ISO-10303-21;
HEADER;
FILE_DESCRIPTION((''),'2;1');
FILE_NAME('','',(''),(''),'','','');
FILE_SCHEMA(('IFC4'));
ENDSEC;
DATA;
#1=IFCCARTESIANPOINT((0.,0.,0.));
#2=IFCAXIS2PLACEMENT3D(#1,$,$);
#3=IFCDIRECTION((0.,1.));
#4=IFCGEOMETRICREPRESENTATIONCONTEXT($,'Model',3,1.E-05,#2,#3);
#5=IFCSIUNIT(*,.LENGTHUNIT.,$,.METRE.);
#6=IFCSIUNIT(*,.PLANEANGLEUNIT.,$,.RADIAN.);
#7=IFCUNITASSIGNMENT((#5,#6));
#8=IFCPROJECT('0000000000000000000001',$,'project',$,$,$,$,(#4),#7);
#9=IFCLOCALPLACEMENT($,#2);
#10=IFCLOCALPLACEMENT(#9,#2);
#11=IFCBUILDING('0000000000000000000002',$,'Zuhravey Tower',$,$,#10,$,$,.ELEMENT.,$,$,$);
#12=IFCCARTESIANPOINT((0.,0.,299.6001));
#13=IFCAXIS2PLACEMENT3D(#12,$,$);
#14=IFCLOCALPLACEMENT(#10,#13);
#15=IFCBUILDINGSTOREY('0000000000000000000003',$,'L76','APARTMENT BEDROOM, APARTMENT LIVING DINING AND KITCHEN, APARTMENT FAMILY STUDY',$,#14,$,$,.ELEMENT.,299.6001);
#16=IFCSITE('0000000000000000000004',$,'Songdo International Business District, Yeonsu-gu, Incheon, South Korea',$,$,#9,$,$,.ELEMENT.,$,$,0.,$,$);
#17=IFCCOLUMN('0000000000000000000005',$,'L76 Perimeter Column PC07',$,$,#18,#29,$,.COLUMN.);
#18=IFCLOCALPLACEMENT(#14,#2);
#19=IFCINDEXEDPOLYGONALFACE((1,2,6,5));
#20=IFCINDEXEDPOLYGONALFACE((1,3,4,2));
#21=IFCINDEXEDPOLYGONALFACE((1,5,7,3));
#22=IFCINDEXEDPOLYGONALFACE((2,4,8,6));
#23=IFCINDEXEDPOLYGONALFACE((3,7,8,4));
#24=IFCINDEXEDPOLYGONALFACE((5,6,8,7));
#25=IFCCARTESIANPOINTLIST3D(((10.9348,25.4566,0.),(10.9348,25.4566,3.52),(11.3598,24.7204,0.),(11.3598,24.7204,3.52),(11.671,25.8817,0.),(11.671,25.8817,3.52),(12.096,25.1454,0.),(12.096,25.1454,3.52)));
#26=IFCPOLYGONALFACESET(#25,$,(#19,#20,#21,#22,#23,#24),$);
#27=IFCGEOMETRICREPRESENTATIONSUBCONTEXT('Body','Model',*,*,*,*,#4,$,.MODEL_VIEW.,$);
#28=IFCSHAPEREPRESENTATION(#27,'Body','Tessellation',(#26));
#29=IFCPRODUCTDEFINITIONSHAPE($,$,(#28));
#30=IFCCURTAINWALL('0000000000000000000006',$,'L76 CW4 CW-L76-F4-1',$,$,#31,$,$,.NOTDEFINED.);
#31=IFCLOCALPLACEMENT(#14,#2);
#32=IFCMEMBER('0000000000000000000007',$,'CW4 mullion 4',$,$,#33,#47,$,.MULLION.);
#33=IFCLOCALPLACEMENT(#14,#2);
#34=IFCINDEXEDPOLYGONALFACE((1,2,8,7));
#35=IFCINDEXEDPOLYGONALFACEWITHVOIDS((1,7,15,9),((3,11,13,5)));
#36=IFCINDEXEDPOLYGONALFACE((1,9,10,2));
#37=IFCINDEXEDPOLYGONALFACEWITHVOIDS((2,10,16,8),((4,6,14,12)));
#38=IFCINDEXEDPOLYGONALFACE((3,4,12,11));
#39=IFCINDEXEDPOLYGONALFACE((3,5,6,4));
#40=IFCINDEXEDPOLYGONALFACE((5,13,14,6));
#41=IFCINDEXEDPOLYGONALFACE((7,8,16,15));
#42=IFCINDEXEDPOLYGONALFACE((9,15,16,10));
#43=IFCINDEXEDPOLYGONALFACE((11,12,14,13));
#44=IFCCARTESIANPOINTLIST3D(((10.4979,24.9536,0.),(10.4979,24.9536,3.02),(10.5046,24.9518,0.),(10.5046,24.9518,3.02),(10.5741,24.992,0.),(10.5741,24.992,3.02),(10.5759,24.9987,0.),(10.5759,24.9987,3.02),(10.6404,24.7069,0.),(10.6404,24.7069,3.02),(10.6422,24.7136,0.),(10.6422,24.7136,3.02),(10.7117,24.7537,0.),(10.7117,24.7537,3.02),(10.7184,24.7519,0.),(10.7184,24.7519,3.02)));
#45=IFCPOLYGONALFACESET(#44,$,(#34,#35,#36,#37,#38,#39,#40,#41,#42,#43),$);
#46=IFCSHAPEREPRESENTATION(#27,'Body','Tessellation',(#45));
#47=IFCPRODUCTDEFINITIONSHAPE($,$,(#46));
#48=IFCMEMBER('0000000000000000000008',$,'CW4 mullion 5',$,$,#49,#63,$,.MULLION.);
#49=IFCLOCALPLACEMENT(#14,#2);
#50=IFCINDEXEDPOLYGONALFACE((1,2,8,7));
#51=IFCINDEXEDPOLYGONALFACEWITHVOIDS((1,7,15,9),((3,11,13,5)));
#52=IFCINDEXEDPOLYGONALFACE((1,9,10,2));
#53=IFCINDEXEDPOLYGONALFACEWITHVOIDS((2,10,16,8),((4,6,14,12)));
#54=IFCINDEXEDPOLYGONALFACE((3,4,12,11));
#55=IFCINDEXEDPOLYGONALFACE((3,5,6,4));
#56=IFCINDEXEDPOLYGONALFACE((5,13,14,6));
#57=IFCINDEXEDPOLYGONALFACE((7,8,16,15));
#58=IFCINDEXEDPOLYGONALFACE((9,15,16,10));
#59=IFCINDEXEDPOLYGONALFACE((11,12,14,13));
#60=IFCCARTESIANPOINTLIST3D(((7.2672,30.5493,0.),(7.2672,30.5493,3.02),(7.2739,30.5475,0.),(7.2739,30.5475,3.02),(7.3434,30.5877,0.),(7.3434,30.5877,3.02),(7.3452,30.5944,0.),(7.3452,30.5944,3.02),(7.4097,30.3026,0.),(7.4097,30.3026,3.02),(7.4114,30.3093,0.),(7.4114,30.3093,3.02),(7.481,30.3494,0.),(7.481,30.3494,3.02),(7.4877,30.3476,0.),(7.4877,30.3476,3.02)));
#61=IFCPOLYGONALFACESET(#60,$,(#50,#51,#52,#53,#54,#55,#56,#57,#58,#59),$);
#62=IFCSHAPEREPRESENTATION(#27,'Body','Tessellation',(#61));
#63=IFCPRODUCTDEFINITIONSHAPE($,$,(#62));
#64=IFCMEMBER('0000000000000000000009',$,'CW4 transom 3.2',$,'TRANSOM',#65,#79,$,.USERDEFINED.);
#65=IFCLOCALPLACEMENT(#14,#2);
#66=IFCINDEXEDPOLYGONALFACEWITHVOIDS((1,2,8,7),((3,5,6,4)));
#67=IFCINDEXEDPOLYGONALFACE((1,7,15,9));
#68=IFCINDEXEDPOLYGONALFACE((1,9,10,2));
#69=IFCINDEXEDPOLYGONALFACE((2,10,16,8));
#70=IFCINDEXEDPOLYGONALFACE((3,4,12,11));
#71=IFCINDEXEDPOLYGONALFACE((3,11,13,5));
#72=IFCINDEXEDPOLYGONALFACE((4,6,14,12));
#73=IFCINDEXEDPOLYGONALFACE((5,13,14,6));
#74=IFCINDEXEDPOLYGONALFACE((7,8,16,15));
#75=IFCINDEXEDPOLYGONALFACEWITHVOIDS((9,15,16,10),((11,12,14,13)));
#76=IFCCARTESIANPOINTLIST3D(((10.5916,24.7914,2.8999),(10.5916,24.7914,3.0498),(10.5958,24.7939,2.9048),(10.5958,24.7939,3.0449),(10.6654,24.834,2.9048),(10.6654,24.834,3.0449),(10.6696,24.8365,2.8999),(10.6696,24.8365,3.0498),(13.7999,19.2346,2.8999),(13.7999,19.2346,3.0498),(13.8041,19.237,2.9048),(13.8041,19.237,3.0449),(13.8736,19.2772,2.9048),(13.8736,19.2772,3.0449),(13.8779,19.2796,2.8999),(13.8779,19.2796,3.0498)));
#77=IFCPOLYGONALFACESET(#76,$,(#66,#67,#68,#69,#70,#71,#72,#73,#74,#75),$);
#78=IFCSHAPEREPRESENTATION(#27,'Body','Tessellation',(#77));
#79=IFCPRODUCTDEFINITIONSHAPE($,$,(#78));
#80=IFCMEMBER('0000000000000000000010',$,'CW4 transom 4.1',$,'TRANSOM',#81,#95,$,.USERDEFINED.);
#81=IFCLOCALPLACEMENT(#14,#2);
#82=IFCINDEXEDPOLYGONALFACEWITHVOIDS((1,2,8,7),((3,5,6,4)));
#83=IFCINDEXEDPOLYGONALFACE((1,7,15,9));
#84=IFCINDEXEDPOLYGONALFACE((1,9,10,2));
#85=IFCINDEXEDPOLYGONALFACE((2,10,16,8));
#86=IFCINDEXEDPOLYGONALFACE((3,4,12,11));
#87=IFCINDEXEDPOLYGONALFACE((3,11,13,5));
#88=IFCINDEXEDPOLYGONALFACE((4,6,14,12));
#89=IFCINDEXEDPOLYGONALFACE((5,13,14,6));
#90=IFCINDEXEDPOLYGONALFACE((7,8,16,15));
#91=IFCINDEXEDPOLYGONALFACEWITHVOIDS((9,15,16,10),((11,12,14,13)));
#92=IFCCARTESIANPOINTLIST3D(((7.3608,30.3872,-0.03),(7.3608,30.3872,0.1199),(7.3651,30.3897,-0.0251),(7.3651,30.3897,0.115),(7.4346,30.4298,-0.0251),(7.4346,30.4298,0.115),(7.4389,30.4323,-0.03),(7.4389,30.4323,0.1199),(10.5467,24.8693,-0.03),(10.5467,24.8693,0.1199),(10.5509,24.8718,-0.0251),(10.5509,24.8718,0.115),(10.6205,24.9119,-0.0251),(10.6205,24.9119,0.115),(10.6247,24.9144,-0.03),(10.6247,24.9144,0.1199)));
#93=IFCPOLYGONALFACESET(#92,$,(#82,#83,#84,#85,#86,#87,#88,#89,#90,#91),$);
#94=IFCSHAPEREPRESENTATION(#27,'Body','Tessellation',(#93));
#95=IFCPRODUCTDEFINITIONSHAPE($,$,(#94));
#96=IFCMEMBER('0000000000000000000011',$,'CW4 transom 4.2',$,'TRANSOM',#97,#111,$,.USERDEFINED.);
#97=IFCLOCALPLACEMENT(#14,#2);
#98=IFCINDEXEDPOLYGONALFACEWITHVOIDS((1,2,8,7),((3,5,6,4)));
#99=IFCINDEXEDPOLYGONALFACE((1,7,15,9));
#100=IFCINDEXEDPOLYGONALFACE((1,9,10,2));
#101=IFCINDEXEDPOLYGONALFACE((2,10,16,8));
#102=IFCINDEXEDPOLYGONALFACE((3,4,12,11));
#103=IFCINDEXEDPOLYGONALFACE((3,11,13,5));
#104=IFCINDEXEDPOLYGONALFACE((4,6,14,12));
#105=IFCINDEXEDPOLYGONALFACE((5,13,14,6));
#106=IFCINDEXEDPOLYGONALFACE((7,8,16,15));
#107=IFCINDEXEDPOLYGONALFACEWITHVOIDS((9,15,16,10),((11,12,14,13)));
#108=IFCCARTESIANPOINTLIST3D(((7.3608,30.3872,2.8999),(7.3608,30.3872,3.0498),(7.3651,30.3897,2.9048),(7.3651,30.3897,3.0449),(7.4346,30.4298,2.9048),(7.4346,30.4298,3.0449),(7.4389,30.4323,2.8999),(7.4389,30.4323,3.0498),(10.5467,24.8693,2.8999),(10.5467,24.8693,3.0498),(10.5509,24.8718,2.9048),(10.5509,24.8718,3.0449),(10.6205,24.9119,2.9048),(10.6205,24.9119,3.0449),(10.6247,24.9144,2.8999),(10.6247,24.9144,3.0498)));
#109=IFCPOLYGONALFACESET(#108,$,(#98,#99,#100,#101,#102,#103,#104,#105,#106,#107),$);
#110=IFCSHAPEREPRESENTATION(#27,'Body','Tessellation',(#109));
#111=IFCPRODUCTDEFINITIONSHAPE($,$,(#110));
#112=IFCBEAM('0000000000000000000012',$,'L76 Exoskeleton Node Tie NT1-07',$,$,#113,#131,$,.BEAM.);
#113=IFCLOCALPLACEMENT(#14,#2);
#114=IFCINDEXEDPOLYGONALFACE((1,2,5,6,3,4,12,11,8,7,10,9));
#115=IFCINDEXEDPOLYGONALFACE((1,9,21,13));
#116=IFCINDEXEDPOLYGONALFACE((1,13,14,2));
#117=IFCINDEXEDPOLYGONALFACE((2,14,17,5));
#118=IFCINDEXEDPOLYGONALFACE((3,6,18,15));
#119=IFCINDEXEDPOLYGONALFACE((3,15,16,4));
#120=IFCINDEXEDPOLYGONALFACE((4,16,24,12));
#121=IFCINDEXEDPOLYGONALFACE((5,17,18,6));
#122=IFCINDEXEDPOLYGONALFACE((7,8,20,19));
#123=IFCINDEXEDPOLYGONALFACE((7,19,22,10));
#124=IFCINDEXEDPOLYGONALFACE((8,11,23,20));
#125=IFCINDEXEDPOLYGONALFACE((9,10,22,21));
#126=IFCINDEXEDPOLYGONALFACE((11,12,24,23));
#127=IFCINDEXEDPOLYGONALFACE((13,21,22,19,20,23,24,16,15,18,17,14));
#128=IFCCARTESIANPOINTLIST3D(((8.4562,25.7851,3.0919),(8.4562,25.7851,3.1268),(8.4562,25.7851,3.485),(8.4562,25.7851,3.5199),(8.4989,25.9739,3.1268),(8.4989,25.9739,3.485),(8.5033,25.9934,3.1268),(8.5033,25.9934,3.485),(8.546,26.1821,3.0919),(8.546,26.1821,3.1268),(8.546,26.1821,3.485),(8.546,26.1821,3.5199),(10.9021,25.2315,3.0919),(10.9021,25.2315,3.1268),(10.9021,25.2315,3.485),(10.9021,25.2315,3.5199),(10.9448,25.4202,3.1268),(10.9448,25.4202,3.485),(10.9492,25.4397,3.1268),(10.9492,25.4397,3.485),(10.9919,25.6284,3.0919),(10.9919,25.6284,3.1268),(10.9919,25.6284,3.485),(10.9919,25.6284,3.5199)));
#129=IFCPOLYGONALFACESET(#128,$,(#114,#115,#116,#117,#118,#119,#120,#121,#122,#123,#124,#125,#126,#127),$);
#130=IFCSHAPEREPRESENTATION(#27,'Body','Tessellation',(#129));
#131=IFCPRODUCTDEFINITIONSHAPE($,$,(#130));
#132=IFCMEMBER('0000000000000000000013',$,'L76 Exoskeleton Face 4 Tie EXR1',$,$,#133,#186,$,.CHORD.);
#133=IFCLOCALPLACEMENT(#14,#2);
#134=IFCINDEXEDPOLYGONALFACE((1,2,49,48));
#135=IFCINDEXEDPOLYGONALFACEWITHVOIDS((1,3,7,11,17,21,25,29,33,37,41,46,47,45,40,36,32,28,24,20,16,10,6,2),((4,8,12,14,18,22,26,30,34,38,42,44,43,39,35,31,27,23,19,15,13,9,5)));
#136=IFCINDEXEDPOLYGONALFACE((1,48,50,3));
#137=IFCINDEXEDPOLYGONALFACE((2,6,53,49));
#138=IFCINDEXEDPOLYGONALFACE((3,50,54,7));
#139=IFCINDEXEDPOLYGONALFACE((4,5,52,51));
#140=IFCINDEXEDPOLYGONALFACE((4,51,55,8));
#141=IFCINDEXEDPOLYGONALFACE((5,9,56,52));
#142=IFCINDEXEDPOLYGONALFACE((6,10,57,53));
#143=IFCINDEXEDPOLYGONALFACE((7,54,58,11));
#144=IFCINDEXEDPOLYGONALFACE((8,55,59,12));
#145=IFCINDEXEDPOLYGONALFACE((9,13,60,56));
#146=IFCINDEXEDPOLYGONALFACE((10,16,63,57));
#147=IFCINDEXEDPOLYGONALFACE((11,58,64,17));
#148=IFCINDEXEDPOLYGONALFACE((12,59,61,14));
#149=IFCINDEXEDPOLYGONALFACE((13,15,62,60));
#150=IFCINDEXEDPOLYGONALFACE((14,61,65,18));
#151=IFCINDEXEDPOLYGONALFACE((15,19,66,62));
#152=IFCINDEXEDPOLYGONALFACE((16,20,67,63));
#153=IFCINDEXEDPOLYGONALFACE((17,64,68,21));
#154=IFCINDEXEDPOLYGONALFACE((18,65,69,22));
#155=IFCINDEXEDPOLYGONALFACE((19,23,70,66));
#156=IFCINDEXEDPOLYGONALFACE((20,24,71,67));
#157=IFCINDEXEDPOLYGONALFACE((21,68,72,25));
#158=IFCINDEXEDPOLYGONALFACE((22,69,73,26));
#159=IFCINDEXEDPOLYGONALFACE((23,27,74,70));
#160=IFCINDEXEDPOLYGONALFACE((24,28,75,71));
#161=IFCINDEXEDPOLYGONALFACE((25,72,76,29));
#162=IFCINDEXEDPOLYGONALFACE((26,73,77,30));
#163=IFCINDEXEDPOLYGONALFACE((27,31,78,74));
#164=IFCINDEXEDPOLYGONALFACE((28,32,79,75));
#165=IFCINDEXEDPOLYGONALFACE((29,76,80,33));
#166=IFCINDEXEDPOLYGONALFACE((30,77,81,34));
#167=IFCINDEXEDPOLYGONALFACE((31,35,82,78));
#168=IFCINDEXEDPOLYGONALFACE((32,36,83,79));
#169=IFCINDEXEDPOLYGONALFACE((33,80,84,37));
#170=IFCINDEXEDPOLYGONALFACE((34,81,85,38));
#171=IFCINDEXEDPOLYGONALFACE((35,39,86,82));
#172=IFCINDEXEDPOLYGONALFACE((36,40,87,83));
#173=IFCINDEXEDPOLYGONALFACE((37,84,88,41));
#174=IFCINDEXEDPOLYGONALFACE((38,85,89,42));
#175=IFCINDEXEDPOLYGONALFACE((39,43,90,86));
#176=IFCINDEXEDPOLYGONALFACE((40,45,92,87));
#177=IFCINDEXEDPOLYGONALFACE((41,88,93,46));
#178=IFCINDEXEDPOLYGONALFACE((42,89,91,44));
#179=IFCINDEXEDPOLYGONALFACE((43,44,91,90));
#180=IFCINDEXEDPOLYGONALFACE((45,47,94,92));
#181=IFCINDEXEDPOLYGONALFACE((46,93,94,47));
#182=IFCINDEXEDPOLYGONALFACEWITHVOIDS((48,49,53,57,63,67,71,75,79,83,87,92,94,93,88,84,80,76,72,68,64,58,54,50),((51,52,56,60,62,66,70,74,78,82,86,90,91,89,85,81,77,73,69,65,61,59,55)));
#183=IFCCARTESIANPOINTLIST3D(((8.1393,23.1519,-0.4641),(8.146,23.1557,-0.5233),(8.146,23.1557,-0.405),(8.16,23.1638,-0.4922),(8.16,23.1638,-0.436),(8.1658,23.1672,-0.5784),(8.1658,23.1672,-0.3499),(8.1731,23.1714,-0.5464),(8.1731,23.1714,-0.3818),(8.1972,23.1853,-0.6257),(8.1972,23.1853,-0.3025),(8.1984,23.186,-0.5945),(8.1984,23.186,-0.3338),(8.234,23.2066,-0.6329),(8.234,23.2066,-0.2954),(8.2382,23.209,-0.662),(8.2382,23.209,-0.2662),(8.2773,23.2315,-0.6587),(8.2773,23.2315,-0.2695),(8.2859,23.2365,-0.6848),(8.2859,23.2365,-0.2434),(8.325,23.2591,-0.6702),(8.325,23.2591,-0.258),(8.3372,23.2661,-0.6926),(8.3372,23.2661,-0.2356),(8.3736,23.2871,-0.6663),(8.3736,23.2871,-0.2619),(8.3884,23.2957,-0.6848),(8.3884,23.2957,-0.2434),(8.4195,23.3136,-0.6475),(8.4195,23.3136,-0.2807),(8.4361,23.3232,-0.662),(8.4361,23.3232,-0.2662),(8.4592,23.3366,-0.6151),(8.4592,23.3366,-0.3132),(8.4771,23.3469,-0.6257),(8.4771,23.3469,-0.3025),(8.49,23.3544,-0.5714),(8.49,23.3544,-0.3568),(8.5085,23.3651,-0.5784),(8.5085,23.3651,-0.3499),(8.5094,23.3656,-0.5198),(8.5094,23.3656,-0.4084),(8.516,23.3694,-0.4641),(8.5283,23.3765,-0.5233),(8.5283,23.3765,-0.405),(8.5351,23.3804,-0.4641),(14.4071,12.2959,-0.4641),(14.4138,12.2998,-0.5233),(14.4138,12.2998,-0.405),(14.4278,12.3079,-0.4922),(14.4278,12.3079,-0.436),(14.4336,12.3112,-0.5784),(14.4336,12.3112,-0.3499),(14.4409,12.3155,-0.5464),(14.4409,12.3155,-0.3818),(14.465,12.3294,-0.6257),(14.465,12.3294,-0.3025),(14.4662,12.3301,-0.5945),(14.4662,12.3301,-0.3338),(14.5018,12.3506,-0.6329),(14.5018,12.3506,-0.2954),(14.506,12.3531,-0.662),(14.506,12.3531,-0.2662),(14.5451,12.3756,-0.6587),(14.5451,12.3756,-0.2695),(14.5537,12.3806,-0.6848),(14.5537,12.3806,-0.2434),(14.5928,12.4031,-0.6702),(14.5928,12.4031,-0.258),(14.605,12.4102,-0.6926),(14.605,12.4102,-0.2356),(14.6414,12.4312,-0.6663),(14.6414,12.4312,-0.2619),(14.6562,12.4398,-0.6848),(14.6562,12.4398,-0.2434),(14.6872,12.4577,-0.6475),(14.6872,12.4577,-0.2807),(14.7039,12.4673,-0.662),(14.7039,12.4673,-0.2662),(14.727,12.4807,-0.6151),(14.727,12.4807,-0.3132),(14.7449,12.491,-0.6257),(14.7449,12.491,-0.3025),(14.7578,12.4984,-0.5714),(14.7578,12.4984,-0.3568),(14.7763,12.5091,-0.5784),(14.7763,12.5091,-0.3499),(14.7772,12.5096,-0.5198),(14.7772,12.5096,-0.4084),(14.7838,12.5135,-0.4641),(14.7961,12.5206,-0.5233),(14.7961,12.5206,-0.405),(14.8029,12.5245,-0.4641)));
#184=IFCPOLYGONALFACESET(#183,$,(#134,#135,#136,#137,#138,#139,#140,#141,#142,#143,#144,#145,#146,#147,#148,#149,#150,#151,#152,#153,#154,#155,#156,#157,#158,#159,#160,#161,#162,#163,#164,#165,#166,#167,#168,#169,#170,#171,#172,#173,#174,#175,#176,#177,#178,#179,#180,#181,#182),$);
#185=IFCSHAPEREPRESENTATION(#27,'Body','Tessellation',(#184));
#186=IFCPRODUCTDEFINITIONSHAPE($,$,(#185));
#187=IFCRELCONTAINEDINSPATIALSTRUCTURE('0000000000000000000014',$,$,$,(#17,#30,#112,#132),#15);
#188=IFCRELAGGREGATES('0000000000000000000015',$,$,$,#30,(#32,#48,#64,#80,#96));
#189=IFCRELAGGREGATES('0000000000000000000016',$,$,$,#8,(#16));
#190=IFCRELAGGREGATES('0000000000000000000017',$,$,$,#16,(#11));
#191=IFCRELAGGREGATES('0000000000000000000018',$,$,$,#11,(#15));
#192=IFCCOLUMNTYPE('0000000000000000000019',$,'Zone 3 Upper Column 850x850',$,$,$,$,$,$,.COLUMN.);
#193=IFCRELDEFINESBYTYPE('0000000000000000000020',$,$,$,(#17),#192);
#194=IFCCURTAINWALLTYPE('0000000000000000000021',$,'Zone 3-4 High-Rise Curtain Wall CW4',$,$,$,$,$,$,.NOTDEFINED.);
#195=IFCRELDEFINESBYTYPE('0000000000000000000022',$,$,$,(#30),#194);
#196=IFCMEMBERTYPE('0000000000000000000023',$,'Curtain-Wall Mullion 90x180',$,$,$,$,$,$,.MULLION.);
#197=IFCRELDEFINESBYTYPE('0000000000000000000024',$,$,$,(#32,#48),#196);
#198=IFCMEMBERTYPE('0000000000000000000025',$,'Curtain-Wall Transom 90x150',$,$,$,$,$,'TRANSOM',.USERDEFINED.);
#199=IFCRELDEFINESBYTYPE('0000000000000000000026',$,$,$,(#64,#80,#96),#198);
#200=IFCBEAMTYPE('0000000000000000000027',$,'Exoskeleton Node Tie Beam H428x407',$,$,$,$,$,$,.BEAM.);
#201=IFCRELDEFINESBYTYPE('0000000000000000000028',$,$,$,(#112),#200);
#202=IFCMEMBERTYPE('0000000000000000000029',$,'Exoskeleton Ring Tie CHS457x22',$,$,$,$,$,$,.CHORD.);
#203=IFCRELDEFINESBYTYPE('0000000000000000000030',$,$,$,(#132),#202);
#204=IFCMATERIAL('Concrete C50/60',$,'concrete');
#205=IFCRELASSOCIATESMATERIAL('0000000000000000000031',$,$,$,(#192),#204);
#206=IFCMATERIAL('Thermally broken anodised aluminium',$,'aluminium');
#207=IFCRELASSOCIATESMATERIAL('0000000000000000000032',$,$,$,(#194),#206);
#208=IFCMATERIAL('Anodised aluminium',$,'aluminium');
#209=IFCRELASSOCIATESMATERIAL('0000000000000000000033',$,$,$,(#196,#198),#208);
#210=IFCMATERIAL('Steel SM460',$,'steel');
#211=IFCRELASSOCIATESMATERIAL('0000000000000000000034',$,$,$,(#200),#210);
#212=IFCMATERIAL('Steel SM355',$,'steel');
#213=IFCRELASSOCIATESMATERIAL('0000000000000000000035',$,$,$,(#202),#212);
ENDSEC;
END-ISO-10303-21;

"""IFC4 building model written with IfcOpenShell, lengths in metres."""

from ifc_helpers import new_model, si_unit, direction, frame, origin, origin_2d, place, context, subcontext, project, spatial, rectangle, hollow_rectangle, hollow_circle, i_section, extrude, material, material_profile, profile_set, type_object, element, aggregate, save


model = new_model("IFC4")

# Units and contexts
model_context = context("Model", 3, precision=1e-05, world=origin(), true_north=direction((0.0, 1.0)))
body_context = subcontext(model_context, "Body", "Model", "MODEL_VIEW")
ifc_project = project(units=[si_unit("LENGTHUNIT", "METRE"), si_unit("PLANEANGLEUNIT", "RADIAN")], contexts=[model_context])

# Site, building, storey
site_placement = place(None, origin())
site = spatial("IfcSite", under=ifc_project, at=site_placement, Name="Songdo International Business District, Yeonsu-gu, Incheon, South Korea", CompositionType="ELEMENT", RefElevation=0.0)
building_placement = place(site_placement, origin())
building = spatial("IfcBuilding", under=site, at=building_placement, Name="Zuhravey Tower", CompositionType="ELEMENT")
storey_placement = place(building_placement, frame((0.0, 0.0, 299.6001)))
storey = spatial("IfcBuildingStorey", under=building, at=storey_placement, Name="L76", Description="APARTMENT BEDROOM, APARTMENT LIVING DINING AND KITCHEN, APARTMENT FAMILY STUDY", CompositionType="ELEMENT", Elevation=299.6001)

# Column
ifc_material_1 = material(Name="Concrete C50/60", Category="concrete")
ifc_material_profile_1 = material_profile(ifc_material_1, rectangle(XDim=0.8501, YDim=0.8501, at=origin_2d()), Name="RC-850x850")
ifc_profile_set_1 = profile_set([ifc_material_profile_1], Name="Concrete C50/60")
column_type = type_object("IfcColumnType", Name="Zone 3 Upper Column 850x850", PredefinedType="COLUMN", material=ifc_profile_set_1)
column_placement = place(storey_placement, frame((11.5154, 25.301, 0.0), z_axis=(0.0, 0.0, 1.0), x_axis=(0.5, -0.866025, 0.0)))
element("IfcColumn", 1, at=column_placement, inside=storey, type_object=column_type, Name="L76 Perimeter Column PC07", PredefinedType="COLUMN", context=body_context, shape_type="SweptSolid", body=[
    extrude(rectangle(XDim=0.8501, YDim=0.8501, at=origin_2d()), origin(), (0.0, 0.0, 1.0), 3.52),
])

# Curtain wall, members
ifc_material_2 = material(Name="Thermally broken anodised aluminium", Category="aluminium")
curtain_wall_type = type_object("IfcCurtainWallType", Name="Zone 3-4 High-Rise Curtain Wall CW4", PredefinedType="NOTDEFINED", material=ifc_material_2)
curtain_wall_placement = place(storey_placement, origin())
curtain_wall = element("IfcCurtainWall", 2, at=curtain_wall_placement, inside=storey, type_object=curtain_wall_type, Name="L76 CW4 CW-L76-F4-1", PredefinedType="NOTDEFINED")
ifc_material_3 = material(Name="Anodised aluminium", Category="aluminium")
ifc_material_profile_2 = material_profile(ifc_material_3, hollow_rectangle(XDim=0.0901, YDim=0.2849, WallThickness=0.0049, at=origin_2d()), Name="ALU-RHS-90x285x5")
ifc_profile_set_2 = profile_set([ifc_material_profile_2], Name="Anodised aluminium")
member_type_1 = type_object("IfcMemberType", Name="Curtain-Wall Mullion 90x180", PredefinedType="MULLION", material=ifc_profile_set_2)
member_1_placement = place(storey_placement, frame((10.6082, 24.8528, 0.0), z_axis=(0.0, 0.0, 1.0), x_axis=(-0.866025, -0.500001, 0.0)))
member_1 = element("IfcMember", 3, at=member_1_placement, type_object=member_type_1, Name="CW4 mullion 4", PredefinedType="MULLION", context=body_context, shape_type="SweptSolid", body=[
    extrude(hollow_rectangle(XDim=0.0901, YDim=0.2849, WallThickness=0.0049, at=origin_2d()), origin(), (0.0, 0.0, 1.0), 3.02),
])
member_2_placement = place(storey_placement, frame((7.3774, 30.4485, 0.0), z_axis=(0.0, 0.0, 1.0), x_axis=(-0.866025, -0.500001, 0.0)))
member_2 = element("IfcMember", 4, at=member_2_placement, type_object=member_type_1, Name="CW4 mullion 5", PredefinedType="MULLION", context=body_context, shape_type="SweptSolid", body=[
    extrude(hollow_rectangle(XDim=0.0901, YDim=0.2849, WallThickness=0.0049, at=origin_2d()), origin(), (0.0, 0.0, 1.0), 3.02),
])
ifc_material_profile_3 = material_profile(ifc_material_3, hollow_rectangle(XDim=0.0901, YDim=0.1499, WallThickness=0.0049, at=origin_2d()), Name="ALU-RHS-90x150x5")
ifc_profile_set_3 = profile_set([ifc_material_profile_3], Name="Anodised aluminium")
member_type_2 = type_object("IfcMemberType", Name="Curtain-Wall Transom 90x150", ElementType="TRANSOM", PredefinedType="USERDEFINED", material=ifc_profile_set_3)
member_3_placement = place(storey_placement, frame((13.8389, 19.2571, 2.9749), z_axis=(-0.499998, 0.866027, 0.0), x_axis=(-0.866027, -0.499998, 0.0)))
member_3 = element("IfcMember", 5, at=member_3_placement, type_object=member_type_2, Name="CW4 transom 3.2", ObjectType="TRANSOM", PredefinedType="USERDEFINED", context=body_context, shape_type="SweptSolid", body=[
    extrude(hollow_rectangle(XDim=0.0901, YDim=0.1499, WallThickness=0.0049, at=origin_2d()), origin(), (0.0, 0.0, 1.0), 6.4165),
])
member_4_placement = place(storey_placement, frame((10.5857, 24.8918, 0.0449), z_axis=(-0.500009, 0.86602, 0.0), x_axis=(-0.86602, -0.500009, 0.0)))
member_4 = element("IfcMember", 6, at=member_4_placement, type_object=member_type_2, Name="CW4 transom 4.1", ObjectType="TRANSOM", PredefinedType="USERDEFINED", context=body_context, shape_type="SweptSolid", body=[
    extrude(hollow_rectangle(XDim=0.0901, YDim=0.1499, WallThickness=0.0049, at=origin_2d()), origin(), (0.0, 0.0, 1.0), 6.3716),
])
member_5_placement = place(storey_placement, frame((10.5857, 24.8918, 2.9749), z_axis=(-0.500009, 0.86602, 0.0), x_axis=(-0.86602, -0.500009, 0.0)))
member_5 = element("IfcMember", 7, at=member_5_placement, type_object=member_type_2, Name="CW4 transom 4.2", ObjectType="TRANSOM", PredefinedType="USERDEFINED", context=body_context, shape_type="SweptSolid", body=[
    extrude(hollow_rectangle(XDim=0.0901, YDim=0.1499, WallThickness=0.0049, at=origin_2d()), origin(), (0.0, 0.0, 1.0), 6.3716),
])

# Beam
ifc_material_4 = material(Name="Steel SM460", Category="steel")
ifc_material_profile_4 = material_profile(ifc_material_4, i_section(OverallWidth=0.407, OverallDepth=0.428, WebThickness=0.02, FlangeThickness=0.0349, at=origin_2d()), Name="H-428x407x20x35")
ifc_profile_set_4 = profile_set([ifc_material_profile_4], Name="Steel SM460")
beam_type_1 = type_object("IfcBeamType", Name="Exoskeleton Node Tie Beam H428x407", PredefinedType="BEAM", material=ifc_profile_set_4)
beam_1_placement = place(storey_placement, frame((10.947, 25.4299, 3.3059), z_axis=(-0.975323, 0.220784, 0.0), x_axis=(-0.220784, -0.975323, 0.0)))
element("IfcBeam", 8, at=beam_1_placement, inside=storey, type_object=beam_type_1, Name="L76 Exoskeleton Node Tie NT1-07", PredefinedType="BEAM", context=body_context, shape_type="SweptSolid", body=[
    extrude(i_section(OverallWidth=0.407, OverallDepth=0.428, WebThickness=0.02, FlangeThickness=0.0349, at=origin_2d()), origin(), (0.0, 0.0, 1.0), 2.5078),
])

# Member
ifc_material_5 = material(Name="Steel SM355", Category="steel")
ifc_material_profile_5 = material_profile(ifc_material_5, hollow_circle(Radius=0.2285, WallThickness=0.022, at=origin_2d()), Name="CHS-457.2x22")
ifc_profile_set_5 = profile_set([ifc_material_profile_5], Name="Steel SM355")
member_type_3 = type_object("IfcMemberType", Name="Exoskeleton Ring Tie CHS457x22", PredefinedType="CHORD", material=ifc_profile_set_5)
member_6_placement = place(storey_placement, frame((8.3372, 23.2661, -0.4641), z_axis=(0.500008, -0.866021, 0.0), x_axis=(0.866021, 0.500008, 0.0)))
element("IfcMember", 9, at=member_6_placement, inside=storey, type_object=member_type_3, Name="L76 Exoskeleton Face 4 Tie EXR1", PredefinedType="CHORD", context=body_context, shape_type="SweptSolid", body=[
    extrude(hollow_circle(Radius=0.2285, WallThickness=0.022, at=origin_2d()), origin(), (0.0, 0.0, 1.0), 12.5354),
])

aggregate(curtain_wall, [member_1, member_2, member_3, member_4, member_5])

save(model, "model.ifc")
